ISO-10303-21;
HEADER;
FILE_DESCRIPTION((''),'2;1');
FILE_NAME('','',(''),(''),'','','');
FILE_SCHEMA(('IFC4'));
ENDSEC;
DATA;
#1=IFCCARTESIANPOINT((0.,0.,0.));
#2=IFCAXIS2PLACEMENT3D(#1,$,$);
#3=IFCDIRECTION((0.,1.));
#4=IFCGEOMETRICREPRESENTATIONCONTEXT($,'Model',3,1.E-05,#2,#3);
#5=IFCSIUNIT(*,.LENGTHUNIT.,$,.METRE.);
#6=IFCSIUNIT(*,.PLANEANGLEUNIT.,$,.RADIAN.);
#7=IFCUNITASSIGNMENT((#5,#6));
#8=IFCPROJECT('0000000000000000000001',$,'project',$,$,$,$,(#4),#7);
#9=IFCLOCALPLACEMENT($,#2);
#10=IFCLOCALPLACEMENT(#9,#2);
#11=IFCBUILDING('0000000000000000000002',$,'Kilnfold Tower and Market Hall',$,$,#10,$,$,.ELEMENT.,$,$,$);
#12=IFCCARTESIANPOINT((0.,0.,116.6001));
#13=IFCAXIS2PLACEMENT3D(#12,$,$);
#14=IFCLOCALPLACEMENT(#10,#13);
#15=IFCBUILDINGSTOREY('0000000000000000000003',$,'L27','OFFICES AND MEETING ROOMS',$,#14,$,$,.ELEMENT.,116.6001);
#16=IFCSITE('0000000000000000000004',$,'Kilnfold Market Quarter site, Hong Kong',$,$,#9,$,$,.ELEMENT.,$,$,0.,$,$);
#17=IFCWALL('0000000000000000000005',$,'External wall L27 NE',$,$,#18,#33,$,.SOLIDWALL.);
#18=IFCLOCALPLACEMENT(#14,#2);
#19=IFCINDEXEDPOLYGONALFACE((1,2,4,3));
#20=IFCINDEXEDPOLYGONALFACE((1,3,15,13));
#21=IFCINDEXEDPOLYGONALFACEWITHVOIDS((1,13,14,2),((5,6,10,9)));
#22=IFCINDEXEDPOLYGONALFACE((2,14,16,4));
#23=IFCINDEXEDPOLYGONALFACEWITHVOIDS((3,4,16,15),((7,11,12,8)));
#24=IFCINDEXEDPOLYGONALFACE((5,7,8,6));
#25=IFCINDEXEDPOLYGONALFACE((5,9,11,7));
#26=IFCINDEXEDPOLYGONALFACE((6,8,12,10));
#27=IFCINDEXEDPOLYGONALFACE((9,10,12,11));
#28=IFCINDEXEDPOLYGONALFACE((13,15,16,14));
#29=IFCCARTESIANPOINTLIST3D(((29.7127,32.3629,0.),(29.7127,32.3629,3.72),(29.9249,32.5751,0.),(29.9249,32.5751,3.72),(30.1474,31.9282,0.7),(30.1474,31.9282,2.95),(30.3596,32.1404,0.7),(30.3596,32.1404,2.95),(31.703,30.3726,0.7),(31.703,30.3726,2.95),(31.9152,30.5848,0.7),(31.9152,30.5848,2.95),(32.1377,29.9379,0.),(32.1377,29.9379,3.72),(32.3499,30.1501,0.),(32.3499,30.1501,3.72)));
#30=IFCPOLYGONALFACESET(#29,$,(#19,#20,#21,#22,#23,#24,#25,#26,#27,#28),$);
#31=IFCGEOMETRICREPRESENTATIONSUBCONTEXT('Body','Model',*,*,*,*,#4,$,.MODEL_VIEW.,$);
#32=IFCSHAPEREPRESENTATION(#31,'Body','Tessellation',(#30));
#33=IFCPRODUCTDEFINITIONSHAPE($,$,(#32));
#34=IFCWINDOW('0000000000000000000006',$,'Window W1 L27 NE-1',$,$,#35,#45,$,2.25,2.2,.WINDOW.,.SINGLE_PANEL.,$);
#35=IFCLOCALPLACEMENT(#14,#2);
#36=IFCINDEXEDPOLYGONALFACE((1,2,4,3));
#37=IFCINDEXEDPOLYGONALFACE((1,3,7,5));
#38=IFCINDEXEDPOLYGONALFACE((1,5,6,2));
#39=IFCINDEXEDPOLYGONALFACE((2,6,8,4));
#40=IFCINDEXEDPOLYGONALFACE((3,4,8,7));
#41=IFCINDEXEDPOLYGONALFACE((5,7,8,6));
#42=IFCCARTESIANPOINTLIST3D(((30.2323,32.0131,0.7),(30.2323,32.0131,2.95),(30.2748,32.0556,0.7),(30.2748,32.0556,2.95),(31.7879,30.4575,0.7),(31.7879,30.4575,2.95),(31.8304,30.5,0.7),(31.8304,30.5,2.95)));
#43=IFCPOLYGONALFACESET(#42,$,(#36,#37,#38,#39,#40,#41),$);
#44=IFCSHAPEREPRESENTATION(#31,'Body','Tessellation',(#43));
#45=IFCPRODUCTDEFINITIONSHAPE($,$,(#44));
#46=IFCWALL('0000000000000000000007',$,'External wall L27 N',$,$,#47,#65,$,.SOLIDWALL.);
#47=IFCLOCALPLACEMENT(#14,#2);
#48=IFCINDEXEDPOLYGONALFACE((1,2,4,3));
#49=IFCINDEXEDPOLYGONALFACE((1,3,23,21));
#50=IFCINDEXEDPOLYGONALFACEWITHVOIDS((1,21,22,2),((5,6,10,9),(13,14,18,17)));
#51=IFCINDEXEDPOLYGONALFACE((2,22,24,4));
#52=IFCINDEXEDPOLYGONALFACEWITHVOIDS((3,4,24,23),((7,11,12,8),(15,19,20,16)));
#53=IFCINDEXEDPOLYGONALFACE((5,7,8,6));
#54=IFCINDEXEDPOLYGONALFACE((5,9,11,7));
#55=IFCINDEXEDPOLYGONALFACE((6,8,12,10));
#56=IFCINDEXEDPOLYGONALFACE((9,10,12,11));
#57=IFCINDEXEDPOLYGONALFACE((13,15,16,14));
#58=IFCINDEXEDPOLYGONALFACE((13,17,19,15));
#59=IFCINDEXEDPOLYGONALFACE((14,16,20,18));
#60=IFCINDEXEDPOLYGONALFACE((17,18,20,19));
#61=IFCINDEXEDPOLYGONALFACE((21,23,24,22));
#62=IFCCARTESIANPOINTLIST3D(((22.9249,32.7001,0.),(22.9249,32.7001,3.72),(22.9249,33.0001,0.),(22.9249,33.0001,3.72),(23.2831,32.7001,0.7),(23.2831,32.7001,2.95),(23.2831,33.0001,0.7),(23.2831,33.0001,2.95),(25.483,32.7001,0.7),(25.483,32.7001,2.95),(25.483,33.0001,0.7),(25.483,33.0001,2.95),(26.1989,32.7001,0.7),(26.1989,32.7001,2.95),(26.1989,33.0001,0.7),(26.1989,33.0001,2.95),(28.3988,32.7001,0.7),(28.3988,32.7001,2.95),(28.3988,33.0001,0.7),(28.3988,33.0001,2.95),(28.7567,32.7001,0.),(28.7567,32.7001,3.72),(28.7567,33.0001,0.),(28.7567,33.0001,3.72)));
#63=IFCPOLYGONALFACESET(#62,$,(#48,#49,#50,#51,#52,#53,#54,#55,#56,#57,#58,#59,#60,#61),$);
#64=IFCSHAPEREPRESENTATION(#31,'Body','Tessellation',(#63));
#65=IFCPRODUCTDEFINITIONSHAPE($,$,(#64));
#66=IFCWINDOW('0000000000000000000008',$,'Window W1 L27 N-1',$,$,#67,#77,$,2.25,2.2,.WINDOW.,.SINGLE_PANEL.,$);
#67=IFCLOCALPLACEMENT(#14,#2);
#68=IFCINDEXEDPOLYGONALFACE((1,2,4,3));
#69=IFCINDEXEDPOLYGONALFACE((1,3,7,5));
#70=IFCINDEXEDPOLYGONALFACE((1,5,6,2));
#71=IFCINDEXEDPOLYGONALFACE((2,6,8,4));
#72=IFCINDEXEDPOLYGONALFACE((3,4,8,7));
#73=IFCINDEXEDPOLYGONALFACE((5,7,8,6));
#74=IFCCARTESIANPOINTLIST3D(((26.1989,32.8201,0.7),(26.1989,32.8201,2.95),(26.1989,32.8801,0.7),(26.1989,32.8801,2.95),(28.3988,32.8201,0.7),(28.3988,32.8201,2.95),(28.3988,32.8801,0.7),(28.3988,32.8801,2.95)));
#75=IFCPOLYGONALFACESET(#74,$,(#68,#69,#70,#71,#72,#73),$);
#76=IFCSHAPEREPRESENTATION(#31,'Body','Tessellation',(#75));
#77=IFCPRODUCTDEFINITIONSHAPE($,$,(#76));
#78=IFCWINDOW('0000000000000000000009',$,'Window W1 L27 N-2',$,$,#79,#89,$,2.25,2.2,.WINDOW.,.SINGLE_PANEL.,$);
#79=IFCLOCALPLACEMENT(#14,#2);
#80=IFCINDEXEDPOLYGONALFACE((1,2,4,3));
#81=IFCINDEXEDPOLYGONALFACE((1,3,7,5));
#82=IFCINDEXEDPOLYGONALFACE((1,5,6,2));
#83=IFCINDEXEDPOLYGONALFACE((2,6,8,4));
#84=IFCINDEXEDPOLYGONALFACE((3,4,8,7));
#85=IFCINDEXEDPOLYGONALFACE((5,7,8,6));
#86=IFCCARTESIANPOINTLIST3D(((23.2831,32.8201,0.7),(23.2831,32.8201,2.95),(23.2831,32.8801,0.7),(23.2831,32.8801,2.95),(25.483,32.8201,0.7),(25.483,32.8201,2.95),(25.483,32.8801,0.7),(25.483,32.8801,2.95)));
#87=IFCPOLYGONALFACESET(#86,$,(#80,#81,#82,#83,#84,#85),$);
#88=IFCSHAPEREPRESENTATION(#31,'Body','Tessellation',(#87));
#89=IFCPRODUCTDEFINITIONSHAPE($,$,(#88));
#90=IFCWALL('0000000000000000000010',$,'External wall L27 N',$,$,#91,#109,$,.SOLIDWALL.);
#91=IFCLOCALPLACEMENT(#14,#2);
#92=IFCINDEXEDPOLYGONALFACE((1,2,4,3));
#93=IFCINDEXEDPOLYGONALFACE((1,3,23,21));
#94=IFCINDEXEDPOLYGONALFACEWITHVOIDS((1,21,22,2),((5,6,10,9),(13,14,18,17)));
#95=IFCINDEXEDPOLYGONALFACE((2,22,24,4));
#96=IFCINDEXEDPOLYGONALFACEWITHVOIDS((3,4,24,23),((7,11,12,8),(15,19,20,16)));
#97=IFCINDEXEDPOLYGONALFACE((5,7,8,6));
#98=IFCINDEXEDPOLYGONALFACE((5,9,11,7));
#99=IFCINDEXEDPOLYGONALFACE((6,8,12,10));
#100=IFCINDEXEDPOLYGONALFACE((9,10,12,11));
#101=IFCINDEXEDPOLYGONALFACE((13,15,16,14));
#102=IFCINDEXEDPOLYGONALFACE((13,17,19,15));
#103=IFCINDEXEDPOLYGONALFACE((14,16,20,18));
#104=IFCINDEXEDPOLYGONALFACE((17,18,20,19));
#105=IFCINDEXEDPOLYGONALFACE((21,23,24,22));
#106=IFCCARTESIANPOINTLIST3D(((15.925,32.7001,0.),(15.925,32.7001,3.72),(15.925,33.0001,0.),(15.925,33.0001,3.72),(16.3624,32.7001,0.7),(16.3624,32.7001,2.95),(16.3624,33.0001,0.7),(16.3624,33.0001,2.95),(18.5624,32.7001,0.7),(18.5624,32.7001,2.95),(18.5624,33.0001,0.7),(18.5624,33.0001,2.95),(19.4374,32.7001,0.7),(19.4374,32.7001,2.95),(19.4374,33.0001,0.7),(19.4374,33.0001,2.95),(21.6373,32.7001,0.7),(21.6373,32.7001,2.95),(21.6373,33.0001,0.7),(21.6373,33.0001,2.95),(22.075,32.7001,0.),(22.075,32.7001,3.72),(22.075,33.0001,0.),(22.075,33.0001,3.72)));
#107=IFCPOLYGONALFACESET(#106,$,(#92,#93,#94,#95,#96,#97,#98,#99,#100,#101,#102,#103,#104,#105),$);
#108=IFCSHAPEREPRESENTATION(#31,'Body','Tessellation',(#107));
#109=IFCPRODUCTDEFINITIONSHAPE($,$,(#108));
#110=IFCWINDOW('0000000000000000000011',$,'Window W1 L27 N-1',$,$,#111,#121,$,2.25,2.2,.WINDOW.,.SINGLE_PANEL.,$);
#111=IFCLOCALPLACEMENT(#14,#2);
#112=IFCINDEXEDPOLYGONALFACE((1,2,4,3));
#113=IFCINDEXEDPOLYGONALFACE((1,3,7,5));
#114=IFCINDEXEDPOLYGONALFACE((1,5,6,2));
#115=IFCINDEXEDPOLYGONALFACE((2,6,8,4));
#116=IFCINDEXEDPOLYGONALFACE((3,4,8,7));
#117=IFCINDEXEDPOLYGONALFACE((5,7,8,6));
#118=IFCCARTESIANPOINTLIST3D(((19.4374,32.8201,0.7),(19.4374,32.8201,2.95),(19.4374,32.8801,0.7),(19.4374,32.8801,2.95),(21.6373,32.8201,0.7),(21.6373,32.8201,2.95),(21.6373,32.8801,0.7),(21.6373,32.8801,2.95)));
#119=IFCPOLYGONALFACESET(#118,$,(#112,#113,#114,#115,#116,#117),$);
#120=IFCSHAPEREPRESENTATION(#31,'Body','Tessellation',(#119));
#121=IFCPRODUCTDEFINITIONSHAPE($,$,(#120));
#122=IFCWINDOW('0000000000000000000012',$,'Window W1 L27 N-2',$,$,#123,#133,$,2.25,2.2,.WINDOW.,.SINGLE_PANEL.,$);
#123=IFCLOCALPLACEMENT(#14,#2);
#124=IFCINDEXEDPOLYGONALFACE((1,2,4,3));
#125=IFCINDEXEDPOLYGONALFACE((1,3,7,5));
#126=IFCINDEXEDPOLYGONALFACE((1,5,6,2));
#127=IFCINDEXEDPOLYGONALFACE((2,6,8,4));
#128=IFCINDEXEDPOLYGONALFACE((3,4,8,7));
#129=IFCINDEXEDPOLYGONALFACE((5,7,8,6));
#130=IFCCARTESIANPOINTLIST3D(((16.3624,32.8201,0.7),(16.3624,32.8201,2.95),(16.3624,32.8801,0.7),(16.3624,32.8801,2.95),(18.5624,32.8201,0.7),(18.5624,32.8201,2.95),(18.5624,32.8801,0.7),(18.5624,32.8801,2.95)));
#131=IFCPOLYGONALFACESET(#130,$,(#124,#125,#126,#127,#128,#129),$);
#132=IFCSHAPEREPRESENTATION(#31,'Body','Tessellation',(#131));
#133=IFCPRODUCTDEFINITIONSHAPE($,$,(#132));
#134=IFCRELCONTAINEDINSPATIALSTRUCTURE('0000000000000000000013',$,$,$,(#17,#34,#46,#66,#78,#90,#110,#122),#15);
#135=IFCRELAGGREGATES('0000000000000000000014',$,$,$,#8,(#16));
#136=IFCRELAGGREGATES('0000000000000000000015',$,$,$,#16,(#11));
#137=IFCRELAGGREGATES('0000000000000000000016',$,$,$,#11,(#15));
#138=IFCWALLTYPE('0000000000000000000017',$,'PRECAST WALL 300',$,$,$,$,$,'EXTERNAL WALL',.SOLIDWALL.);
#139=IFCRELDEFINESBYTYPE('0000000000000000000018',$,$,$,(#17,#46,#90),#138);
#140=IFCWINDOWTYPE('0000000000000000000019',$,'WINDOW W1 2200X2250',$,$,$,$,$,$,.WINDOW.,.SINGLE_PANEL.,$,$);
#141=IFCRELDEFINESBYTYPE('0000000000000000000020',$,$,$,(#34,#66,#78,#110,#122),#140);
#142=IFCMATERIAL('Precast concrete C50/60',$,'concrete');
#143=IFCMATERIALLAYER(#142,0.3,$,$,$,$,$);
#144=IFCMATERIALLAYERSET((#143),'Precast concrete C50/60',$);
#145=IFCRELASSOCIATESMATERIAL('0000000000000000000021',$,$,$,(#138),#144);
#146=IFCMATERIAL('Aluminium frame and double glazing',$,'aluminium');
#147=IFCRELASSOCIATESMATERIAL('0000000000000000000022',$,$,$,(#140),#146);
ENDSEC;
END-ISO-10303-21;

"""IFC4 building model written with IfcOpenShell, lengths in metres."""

from ifc_helpers import new_model, si_unit, direction, frame, frame_2d, origin, place, context, subcontext, project, spatial, rectangle, extrude, source, transform, mapped, material, layer, layer_set, type_object, element, fill, save


model = new_model("IFC4")

# Units and contexts
model_context = context("Model", 3, precision=1e-05, world=origin(), true_north=direction((0.0, 1.0)))
body_context = subcontext(model_context, "Body", "Model", "MODEL_VIEW")
ifc_project = project(units=[si_unit("LENGTHUNIT", "METRE"), si_unit("PLANEANGLEUNIT", "RADIAN")], contexts=[model_context])

# Site, building, storey
site_placement = place(None, origin())
site = spatial("IfcSite", under=ifc_project, at=site_placement, Name="Kilnfold Market Quarter site, Hong Kong", CompositionType="ELEMENT", RefElevation=0.0)
building_placement = place(site_placement, origin())
building = spatial("IfcBuilding", under=site, at=building_placement, Name="Kilnfold Tower and Market Hall", CompositionType="ELEMENT")
storey_placement = place(building_placement, frame((0.0, 0.0, 116.6001)))
storey = spatial("IfcBuildingStorey", under=building, at=storey_placement, Name="L27", Description="OFFICES AND MEETING ROOMS", CompositionType="ELEMENT", Elevation=116.6001)

# Wall, opening, window
ifc_material_1 = material(Name="Precast concrete C50/60", Category="concrete")
ifc_layer_1 = layer(ifc_material_1, 0.3)
ifc_layer_set_1 = layer_set([ifc_layer_1], Name="Precast concrete C50/60")
wall_type_1 = type_object("IfcWallType", Name="PRECAST WALL 300", ElementType="EXTERNAL WALL", PredefinedType="SOLIDWALL", material=ifc_layer_set_1)
shared_shape_1 = source(origin(), body_context, "Body", "SweptSolid", [
    extrude(rectangle(XDim=3.4294, YDim=0.3, at=frame_2d((1.7148, 0.0))), origin(), (0.0, 0.0, 1.0), 3.72),
])
wall_1_placement = place(storey_placement, frame((32.2439, 30.0439, 0.0), z_axis=(0.0, 0.0, 1.0), x_axis=(-0.707107, 0.707107, 0.0)))
wall_1 = element("IfcWall", 1, at=wall_1_placement, inside=storey, type_object=wall_type_1, Name="External wall L27 NE", PredefinedType="SOLIDWALL", context=body_context, shape_type="MappedRepresentation", body=[
    mapped(shared_shape_1, transform((0.0, 0.0, 0.0))),
])
opening_1_placement = place(wall_1_placement, frame((0.6147, 0.0, 0.7)))
opening_1 = element("IfcOpeningElement", 2, at=opening_1_placement, cuts=wall_1, PredefinedType="OPENING", context=body_context, shape_type="SweptSolid", body=[
    extrude(rectangle(XDim=2.2, YDim=2.25, at=frame_2d((1.1001, 1.125))), frame((0.0, 0.1602, 0.0), z_axis=(0.0, -1.0, 0.0), x_axis=(1.0, 0.0, 0.0)), (0.0, 0.0, 1.0), 0.3201),
])
ifc_material_2 = material(Name="Aluminium frame and double glazing", Category="aluminium")
window_type = type_object("IfcWindowType", Name="WINDOW W1 2200X2250", PartitioningType="SINGLE_PANEL", PredefinedType="WINDOW", material=ifc_material_2)
window_1_placement = place(opening_1_placement, origin())
window_1 = element("IfcWindow", 3, at=window_1_placement, inside=storey, type_object=window_type, Name="Window W1 L27 NE-1", OverallHeight=2.25, OverallWidth=2.2, PartitioningType="SINGLE_PANEL", PredefinedType="WINDOW", context=body_context, shape_type="SweptSolid", body=[
    extrude(rectangle(XDim=2.2, YDim=2.25, at=frame_2d((1.1001, 1.125))), frame((0.0, 0.03, 0.0), z_axis=(0.0, -1.0, 0.0), x_axis=(1.0, 0.0, 0.0)), (0.0, 0.0, 1.0), 0.0601),
])
fill(opening_1, window_1)

# Walls, openings, windows
shared_shape_2 = source(origin(), body_context, "Body", "SweptSolid", [
    extrude(rectangle(XDim=5.8318, YDim=0.3, at=frame_2d((2.916, 0.0))), origin(), (0.0, 0.0, 1.0), 3.72),
])
wall_2_placement = place(storey_placement, frame((28.7568, 32.8501, 0.0), z_axis=(0.0, 0.0, 1.0), x_axis=(-1.0, 0.0, 0.0)))
wall_2 = element("IfcWall", 4, at=wall_2_placement, inside=storey, type_object=wall_type_1, Name="External wall L27 N", PredefinedType="SOLIDWALL", context=body_context, shape_type="MappedRepresentation", body=[
    mapped(shared_shape_2, transform((0.0, 0.0, 0.0))),
])
opening_2_placement = place(wall_2_placement, frame((0.3579, 0.0, 0.7)))
opening_2 = element("IfcOpeningElement", 5, at=opening_2_placement, cuts=wall_2, PredefinedType="OPENING", context=body_context, shape_type="SweptSolid", body=[
    extrude(rectangle(XDim=2.2, YDim=2.25, at=frame_2d((1.1001, 1.125))), frame((0.0, 0.1602, 0.0), z_axis=(0.0, -1.0, 0.0), x_axis=(1.0, 0.0, 0.0)), (0.0, 0.0, 1.0), 0.3201),
])
opening_3_placement = place(wall_2_placement, frame((3.2737, 0.0, 0.7)))
opening_3 = element("IfcOpeningElement", 6, at=opening_3_placement, cuts=wall_2, PredefinedType="OPENING", context=body_context, shape_type="SweptSolid", body=[
    extrude(rectangle(XDim=2.2, YDim=2.25, at=frame_2d((1.1001, 1.125))), frame((0.0, 0.1602, 0.0), z_axis=(0.0, -1.0, 0.0), x_axis=(1.0, 0.0, 0.0)), (0.0, 0.0, 1.0), 0.3201),
])
window_2_placement = place(opening_2_placement, origin())
window_2 = element("IfcWindow", 7, at=window_2_placement, inside=storey, type_object=window_type, Name="Window W1 L27 N-1", OverallHeight=2.25, OverallWidth=2.2, PartitioningType="SINGLE_PANEL", PredefinedType="WINDOW", context=body_context, shape_type="SweptSolid", body=[
    extrude(rectangle(XDim=2.2, YDim=2.25, at=frame_2d((1.1001, 1.125))), frame((0.0, 0.03, 0.0), z_axis=(0.0, -1.0, 0.0), x_axis=(1.0, 0.0, 0.0)), (0.0, 0.0, 1.0), 0.0601),
])
fill(opening_2, window_2)
window_3_placement = place(opening_3_placement, origin())
window_3 = element("IfcWindow", 8, at=window_3_placement, inside=storey, type_object=window_type, Name="Window W1 L27 N-2", OverallHeight=2.25, OverallWidth=2.2, PartitioningType="SINGLE_PANEL", PredefinedType="WINDOW", context=body_context, shape_type="SweptSolid", body=[
    extrude(rectangle(XDim=2.2, YDim=2.25, at=frame_2d((1.1001, 1.125))), frame((0.0, 0.03, 0.0), z_axis=(0.0, -1.0, 0.0), x_axis=(1.0, 0.0, 0.0)), (0.0, 0.0, 1.0), 0.0601),
])
fill(opening_3, window_3)
shared_shape_3 = source(origin(), body_context, "Body", "SweptSolid", [
    extrude(rectangle(XDim=6.1499, YDim=0.3, at=frame_2d((3.075, 0.0))), origin(), (0.0, 0.0, 1.0), 3.72),
])
wall_3_placement = place(storey_placement, frame((22.075, 32.8501, 0.0), z_axis=(0.0, 0.0, 1.0), x_axis=(-1.0, 0.0, 0.0)))
wall_3 = element("IfcWall", 9, at=wall_3_placement, inside=storey, type_object=wall_type_1, Name="External wall L27 N", PredefinedType="SOLIDWALL", context=body_context, shape_type="MappedRepresentation", body=[
    mapped(shared_shape_3, transform((0.0, 0.0, 0.0))),
])
opening_4_placement = place(wall_3_placement, frame((0.4375, 0.0, 0.7)))
opening_4 = element("IfcOpeningElement", 10, at=opening_4_placement, cuts=wall_3, PredefinedType="OPENING", context=body_context, shape_type="SweptSolid", body=[
    extrude(rectangle(XDim=2.2, YDim=2.25, at=frame_2d((1.1001, 1.125))), frame((0.0, 0.1602, 0.0), z_axis=(0.0, -1.0, 0.0), x_axis=(1.0, 0.0, 0.0)), (0.0, 0.0, 1.0), 0.3201),
])
opening_5_placement = place(wall_3_placement, frame((3.5125, 0.0, 0.7)))
opening_5 = element("IfcOpeningElement", 11, at=opening_5_placement, cuts=wall_3, PredefinedType="OPENING", context=body_context, shape_type="SweptSolid", body=[
    extrude(rectangle(XDim=2.2, YDim=2.25, at=frame_2d((1.1001, 1.125))), frame((0.0, 0.1602, 0.0), z_axis=(0.0, -1.0, 0.0), x_axis=(1.0, 0.0, 0.0)), (0.0, 0.0, 1.0), 0.3201),
])
window_4_placement = place(opening_4_placement, origin())
window_4 = element("IfcWindow", 12, at=window_4_placement, inside=storey, type_object=window_type, Name="Window W1 L27 N-1", OverallHeight=2.25, OverallWidth=2.2, PartitioningType="SINGLE_PANEL", PredefinedType="WINDOW", context=body_context, shape_type="SweptSolid", body=[
    extrude(rectangle(XDim=2.2, YDim=2.25, at=frame_2d((1.1001, 1.125))), frame((0.0, 0.03, 0.0), z_axis=(0.0, -1.0, 0.0), x_axis=(1.0, 0.0, 0.0)), (0.0, 0.0, 1.0), 0.0601),
])
fill(opening_4, window_4)
window_5_placement = place(opening_5_placement, origin())
window_5 = element("IfcWindow", 13, at=window_5_placement, inside=storey, type_object=window_type, Name="Window W1 L27 N-2", OverallHeight=2.25, OverallWidth=2.2, PartitioningType="SINGLE_PANEL", PredefinedType="WINDOW", context=body_context, shape_type="SweptSolid", body=[
    extrude(rectangle(XDim=2.2, YDim=2.25, at=frame_2d((1.1001, 1.125))), frame((0.0, 0.03, 0.0), z_axis=(0.0, -1.0, 0.0), x_axis=(1.0, 0.0, 0.0)), (0.0, 0.0, 1.0), 0.0601),
])
fill(opening_5, window_5)

save(model, "model.ifc")
